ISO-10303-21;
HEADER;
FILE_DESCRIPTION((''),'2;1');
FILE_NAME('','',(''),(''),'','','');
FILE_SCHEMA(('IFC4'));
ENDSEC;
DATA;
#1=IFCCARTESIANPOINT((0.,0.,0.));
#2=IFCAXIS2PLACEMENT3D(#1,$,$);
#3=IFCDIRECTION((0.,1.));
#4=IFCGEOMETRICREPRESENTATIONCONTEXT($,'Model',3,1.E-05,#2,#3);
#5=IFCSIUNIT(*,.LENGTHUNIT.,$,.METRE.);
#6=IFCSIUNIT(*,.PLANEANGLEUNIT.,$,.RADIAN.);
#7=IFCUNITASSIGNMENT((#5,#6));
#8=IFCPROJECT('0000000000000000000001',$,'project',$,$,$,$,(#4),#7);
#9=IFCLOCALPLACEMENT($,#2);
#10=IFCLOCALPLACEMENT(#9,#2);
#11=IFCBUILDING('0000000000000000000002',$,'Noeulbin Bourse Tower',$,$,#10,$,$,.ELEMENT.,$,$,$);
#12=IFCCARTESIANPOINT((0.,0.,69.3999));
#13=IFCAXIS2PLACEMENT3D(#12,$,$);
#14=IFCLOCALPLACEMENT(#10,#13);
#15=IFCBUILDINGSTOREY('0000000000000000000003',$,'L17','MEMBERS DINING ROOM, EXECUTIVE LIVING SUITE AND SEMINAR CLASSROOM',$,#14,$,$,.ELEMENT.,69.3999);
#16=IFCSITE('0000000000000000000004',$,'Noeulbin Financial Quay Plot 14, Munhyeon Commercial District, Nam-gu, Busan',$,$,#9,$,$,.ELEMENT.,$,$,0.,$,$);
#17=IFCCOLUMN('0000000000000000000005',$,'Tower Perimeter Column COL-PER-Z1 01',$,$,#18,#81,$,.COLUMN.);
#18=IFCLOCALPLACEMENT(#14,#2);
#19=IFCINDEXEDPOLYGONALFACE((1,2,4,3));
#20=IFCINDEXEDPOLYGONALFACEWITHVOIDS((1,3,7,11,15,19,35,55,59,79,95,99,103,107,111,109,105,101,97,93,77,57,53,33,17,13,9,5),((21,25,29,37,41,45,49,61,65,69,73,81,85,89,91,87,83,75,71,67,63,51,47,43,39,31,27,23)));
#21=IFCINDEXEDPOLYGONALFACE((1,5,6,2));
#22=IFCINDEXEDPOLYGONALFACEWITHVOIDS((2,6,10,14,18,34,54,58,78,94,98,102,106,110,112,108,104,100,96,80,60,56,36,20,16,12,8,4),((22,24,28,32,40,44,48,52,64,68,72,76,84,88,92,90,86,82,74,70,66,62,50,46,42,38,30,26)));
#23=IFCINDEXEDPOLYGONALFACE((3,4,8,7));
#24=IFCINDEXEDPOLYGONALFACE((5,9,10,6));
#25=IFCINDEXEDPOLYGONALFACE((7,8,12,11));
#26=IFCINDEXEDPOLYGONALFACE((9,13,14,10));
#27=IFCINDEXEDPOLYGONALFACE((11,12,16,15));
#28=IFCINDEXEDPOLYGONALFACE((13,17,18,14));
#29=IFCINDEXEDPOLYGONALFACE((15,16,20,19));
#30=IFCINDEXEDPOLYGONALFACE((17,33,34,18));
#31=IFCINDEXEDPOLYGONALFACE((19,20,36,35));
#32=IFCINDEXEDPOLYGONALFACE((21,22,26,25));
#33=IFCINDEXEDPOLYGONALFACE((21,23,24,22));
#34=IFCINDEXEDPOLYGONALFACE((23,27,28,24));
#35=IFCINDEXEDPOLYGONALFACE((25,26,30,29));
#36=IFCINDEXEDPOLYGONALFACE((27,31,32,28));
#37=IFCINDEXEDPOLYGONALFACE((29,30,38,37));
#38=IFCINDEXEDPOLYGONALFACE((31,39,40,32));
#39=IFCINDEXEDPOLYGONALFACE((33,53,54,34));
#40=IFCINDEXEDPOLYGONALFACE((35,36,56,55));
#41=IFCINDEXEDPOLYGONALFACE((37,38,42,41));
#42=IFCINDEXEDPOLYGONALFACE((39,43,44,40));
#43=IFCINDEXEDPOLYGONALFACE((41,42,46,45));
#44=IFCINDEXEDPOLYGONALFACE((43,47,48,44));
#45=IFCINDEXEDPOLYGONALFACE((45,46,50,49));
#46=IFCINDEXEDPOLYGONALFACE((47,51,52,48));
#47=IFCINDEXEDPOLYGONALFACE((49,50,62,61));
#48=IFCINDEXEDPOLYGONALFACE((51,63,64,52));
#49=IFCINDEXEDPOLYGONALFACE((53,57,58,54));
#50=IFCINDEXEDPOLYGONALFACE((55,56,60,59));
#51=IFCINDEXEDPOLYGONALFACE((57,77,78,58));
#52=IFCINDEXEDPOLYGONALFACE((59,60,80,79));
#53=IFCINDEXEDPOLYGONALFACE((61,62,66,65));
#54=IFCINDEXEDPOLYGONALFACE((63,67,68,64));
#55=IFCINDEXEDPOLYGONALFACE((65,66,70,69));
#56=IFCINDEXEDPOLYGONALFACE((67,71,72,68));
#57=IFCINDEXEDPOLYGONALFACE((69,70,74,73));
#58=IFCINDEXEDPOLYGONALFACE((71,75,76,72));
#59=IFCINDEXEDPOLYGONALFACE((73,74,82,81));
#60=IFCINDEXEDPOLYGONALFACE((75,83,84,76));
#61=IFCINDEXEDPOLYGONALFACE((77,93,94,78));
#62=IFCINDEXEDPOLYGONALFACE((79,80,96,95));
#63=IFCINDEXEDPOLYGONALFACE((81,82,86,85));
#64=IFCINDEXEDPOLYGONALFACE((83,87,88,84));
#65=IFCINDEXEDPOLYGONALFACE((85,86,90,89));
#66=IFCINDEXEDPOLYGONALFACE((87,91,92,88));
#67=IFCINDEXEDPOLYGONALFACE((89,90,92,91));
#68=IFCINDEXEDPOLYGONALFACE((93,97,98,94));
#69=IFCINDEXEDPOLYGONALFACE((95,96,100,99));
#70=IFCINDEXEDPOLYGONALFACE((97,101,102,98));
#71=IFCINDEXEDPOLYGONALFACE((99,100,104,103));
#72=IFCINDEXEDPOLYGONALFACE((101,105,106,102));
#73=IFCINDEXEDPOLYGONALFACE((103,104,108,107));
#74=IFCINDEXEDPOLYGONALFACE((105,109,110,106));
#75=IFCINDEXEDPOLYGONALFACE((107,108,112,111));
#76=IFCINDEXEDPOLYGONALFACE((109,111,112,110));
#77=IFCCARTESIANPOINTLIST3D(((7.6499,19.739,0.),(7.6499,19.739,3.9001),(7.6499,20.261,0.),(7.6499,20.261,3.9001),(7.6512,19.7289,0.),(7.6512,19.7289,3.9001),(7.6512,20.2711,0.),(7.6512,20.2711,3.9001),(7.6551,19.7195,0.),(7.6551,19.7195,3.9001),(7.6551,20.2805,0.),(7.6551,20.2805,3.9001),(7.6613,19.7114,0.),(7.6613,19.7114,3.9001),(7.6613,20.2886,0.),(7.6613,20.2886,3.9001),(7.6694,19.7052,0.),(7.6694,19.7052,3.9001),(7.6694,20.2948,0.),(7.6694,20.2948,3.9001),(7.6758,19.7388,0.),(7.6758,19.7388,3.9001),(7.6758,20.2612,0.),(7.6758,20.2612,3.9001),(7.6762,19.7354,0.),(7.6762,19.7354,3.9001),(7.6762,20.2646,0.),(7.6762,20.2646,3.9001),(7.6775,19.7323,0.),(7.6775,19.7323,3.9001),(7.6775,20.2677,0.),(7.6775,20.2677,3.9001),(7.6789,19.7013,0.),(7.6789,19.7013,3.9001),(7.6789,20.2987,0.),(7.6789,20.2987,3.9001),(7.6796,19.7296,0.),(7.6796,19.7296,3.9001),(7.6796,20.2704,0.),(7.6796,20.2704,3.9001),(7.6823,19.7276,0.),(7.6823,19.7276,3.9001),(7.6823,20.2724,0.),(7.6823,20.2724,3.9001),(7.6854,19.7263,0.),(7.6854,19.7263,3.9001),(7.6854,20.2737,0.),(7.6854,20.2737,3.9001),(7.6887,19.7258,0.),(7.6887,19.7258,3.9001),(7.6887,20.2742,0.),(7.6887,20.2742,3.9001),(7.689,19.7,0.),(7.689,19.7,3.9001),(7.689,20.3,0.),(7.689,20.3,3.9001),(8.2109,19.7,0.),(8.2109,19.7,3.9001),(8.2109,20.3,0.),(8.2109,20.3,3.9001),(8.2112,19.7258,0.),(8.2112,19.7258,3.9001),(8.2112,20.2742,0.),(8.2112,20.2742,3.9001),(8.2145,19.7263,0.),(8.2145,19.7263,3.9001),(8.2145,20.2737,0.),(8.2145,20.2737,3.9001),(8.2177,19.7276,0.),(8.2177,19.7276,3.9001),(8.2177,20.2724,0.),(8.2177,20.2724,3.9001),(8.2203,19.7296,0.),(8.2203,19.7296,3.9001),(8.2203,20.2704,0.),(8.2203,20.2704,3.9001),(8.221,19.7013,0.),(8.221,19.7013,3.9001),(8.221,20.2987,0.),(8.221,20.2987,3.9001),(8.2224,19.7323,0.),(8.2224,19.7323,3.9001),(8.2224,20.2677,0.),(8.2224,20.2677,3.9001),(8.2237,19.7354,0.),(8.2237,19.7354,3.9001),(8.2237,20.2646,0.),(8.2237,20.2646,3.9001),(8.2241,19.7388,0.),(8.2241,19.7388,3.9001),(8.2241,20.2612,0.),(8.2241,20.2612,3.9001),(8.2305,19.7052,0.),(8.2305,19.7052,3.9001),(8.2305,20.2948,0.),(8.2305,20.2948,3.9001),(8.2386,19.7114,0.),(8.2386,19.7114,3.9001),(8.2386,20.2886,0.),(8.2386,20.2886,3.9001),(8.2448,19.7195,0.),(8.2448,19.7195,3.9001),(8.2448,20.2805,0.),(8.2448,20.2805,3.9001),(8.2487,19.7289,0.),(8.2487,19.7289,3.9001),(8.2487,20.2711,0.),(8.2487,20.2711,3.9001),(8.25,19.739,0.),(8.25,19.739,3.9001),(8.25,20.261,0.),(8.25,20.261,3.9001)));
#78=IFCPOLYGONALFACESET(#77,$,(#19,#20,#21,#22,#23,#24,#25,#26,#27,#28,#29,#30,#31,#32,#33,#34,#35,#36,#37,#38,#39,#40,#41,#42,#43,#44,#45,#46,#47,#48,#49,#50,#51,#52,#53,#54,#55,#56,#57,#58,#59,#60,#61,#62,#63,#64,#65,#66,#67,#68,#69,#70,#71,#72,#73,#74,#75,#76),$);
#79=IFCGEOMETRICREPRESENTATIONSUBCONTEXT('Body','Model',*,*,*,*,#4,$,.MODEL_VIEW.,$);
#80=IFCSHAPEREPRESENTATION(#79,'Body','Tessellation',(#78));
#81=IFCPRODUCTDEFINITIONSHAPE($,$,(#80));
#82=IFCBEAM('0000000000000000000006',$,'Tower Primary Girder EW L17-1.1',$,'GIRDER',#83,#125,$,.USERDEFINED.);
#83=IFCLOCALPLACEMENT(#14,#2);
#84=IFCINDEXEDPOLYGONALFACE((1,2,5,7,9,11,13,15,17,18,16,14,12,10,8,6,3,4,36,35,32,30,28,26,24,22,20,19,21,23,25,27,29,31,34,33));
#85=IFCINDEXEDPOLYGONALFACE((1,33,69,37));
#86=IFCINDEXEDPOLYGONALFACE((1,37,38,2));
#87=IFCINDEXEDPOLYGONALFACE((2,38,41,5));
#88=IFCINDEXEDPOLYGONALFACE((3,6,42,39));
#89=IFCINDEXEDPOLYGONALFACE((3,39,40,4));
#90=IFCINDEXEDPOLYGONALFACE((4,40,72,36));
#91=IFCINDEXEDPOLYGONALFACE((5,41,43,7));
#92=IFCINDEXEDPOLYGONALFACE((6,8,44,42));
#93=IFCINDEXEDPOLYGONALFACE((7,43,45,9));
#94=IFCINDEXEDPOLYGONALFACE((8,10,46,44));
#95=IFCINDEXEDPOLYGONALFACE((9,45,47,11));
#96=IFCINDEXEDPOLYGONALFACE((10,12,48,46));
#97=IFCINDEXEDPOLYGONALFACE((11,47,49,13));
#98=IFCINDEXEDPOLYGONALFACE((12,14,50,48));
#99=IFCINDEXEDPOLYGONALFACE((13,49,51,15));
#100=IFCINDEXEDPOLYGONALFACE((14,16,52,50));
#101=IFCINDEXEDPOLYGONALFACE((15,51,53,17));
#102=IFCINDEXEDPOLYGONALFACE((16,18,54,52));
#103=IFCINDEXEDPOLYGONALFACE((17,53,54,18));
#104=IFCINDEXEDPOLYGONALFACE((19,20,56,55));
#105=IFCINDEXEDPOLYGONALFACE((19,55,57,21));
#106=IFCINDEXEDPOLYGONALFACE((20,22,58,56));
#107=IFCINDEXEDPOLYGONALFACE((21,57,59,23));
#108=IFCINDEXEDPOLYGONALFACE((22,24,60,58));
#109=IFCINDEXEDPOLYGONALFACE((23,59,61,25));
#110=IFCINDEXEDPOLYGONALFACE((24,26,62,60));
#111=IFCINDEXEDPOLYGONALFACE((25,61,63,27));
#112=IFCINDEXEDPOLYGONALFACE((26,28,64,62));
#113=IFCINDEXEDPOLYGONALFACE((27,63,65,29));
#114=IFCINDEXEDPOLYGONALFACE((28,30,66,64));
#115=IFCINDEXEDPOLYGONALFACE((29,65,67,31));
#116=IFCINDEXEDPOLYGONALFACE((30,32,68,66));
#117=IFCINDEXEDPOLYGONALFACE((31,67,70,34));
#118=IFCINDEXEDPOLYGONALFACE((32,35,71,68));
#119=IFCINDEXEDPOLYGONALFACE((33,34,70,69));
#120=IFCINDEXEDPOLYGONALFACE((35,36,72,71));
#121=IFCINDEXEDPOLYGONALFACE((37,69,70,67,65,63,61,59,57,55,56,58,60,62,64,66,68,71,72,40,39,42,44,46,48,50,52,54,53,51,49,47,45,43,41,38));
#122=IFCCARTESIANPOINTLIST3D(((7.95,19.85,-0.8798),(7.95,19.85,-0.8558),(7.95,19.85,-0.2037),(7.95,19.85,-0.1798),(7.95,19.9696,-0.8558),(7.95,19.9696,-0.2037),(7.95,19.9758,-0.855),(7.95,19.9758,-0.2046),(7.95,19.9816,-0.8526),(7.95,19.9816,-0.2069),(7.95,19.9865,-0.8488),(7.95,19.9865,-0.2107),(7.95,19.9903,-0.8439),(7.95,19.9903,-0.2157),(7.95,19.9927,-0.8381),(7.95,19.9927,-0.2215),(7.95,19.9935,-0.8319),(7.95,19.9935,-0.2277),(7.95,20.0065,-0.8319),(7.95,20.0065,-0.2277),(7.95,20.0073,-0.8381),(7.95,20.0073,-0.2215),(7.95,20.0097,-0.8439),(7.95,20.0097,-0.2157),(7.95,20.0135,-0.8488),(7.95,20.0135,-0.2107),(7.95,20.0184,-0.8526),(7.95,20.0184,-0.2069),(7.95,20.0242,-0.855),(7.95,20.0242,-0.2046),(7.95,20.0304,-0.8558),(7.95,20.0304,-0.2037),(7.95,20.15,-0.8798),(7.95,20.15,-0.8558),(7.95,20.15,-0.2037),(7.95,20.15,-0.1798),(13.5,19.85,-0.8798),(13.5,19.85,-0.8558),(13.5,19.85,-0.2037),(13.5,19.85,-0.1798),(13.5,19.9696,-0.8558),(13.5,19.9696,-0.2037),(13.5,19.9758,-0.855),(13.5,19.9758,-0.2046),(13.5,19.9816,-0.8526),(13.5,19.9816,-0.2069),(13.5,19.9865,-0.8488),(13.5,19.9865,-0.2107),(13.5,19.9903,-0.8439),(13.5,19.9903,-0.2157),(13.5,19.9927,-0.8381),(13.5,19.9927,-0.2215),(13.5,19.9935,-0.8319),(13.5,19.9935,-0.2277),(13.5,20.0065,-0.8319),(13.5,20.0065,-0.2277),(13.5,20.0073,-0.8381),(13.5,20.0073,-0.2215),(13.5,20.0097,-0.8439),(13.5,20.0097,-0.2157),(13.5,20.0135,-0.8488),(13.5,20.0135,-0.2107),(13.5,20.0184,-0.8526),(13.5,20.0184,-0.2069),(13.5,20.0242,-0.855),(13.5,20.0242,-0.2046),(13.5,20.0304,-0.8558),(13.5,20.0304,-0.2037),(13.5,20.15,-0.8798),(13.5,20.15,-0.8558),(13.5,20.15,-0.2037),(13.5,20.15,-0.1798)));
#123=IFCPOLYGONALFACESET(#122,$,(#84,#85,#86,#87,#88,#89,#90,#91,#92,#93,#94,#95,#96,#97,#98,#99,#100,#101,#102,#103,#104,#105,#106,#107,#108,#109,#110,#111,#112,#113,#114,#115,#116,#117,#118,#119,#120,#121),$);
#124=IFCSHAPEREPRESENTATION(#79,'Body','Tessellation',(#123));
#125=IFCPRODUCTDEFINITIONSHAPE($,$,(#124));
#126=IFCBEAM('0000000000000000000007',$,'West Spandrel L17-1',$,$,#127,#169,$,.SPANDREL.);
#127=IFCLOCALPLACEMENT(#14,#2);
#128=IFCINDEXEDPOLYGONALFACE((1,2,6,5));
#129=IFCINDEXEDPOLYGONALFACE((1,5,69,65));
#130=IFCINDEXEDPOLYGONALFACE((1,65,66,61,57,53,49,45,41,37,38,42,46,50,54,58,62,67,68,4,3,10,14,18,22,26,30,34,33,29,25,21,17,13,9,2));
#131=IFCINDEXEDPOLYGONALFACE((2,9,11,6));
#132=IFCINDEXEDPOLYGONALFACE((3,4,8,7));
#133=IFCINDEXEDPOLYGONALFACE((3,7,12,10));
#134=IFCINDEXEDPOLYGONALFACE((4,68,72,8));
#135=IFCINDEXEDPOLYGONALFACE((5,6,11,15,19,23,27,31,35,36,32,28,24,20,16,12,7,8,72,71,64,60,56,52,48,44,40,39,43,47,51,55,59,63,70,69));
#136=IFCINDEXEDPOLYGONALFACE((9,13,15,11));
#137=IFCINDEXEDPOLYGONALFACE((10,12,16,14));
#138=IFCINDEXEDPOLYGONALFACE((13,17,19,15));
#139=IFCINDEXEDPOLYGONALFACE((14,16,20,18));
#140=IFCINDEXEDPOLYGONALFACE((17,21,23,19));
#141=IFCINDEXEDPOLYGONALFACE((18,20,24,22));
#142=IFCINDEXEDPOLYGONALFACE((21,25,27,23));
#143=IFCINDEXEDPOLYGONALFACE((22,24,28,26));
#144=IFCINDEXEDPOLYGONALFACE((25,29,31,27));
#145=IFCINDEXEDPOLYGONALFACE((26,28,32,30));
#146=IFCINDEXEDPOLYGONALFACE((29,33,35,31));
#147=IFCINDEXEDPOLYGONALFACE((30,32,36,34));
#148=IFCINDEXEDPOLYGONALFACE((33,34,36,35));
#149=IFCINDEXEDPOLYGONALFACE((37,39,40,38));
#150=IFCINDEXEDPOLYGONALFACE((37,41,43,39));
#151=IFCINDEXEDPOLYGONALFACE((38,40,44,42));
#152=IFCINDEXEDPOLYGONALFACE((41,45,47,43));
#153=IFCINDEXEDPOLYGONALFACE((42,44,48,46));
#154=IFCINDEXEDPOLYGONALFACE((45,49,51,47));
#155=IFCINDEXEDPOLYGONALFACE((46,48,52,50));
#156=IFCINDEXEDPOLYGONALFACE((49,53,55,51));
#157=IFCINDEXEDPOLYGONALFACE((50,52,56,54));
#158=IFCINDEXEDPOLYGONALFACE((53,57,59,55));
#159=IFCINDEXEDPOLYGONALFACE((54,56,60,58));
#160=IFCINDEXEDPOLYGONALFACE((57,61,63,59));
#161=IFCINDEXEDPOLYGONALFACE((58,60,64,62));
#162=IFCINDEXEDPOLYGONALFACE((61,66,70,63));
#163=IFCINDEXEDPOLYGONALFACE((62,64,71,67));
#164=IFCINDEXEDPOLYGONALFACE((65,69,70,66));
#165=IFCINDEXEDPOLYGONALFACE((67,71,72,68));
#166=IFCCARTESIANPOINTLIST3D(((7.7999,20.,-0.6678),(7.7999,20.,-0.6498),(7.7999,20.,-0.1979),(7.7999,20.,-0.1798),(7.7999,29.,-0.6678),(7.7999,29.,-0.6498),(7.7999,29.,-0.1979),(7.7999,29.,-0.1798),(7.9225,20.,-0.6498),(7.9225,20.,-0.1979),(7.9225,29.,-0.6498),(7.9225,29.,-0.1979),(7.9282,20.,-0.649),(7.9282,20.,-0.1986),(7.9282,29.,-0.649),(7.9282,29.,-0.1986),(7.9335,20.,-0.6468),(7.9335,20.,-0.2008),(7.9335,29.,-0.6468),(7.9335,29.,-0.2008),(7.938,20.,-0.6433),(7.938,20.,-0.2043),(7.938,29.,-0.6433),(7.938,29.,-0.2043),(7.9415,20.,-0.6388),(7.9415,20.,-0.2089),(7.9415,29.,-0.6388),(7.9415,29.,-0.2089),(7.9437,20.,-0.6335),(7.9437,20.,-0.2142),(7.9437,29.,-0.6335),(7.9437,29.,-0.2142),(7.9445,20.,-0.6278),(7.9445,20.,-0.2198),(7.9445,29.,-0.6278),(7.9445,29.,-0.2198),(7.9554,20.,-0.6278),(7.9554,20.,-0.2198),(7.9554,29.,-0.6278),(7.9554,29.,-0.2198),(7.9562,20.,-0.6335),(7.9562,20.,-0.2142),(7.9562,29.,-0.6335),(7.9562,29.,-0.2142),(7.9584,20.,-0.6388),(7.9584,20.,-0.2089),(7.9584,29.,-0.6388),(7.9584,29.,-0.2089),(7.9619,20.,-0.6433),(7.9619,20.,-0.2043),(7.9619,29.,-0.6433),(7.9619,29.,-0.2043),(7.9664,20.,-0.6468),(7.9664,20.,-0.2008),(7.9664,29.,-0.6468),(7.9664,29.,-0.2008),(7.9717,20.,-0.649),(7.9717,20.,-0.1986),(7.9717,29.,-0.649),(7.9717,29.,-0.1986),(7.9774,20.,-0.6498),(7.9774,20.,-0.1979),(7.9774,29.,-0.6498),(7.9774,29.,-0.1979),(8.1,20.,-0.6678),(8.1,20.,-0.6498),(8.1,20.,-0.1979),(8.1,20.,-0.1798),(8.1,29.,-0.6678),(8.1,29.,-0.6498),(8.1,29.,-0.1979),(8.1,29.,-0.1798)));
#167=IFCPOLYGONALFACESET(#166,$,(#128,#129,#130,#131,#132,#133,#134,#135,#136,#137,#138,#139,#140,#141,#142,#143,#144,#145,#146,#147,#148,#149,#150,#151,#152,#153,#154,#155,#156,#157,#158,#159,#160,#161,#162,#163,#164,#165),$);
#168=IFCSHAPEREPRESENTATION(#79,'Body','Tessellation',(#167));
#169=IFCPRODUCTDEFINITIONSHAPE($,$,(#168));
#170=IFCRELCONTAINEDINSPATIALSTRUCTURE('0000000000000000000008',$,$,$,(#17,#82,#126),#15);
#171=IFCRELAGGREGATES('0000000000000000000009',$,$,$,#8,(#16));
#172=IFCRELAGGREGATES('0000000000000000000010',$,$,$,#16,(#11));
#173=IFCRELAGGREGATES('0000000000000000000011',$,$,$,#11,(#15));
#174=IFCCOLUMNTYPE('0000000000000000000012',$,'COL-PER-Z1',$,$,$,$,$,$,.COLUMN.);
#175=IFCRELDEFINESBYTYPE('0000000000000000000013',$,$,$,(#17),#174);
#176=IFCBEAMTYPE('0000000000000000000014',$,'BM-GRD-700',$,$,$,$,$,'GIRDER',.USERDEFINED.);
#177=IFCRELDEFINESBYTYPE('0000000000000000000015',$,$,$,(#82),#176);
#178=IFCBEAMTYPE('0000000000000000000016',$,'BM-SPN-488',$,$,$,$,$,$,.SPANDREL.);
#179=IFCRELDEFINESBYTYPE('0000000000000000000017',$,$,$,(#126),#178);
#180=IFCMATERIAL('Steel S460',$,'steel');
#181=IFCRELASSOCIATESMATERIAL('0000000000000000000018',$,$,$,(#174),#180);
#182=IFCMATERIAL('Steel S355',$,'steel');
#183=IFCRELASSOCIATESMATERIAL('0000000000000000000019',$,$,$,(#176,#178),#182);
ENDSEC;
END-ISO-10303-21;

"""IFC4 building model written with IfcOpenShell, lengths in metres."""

from ifc_helpers import new_model, si_unit, direction, frame, origin, origin_2d, place, context, subcontext, project, spatial, hollow_rectangle, i_section, extrude, material, material_profile, profile_set, type_object, element, save


model = new_model("IFC4")

# Units and contexts
model_context = context("Model", 3, precision=1e-05, world=origin(), true_north=direction((0.0, 1.0)))
body_context = subcontext(model_context, "Body", "Model", "MODEL_VIEW")
ifc_project = project(units=[si_unit("LENGTHUNIT", "METRE"), si_unit("PLANEANGLEUNIT", "RADIAN")], contexts=[model_context])

# Site, building, storey
site_placement = place(None, origin())
site = spatial("IfcSite", under=ifc_project, at=site_placement, Name="Noeulbin Financial Quay Plot 14, Munhyeon Commercial District, Nam-gu, Busan", CompositionType="ELEMENT", RefElevation=0.0)
building_placement = place(site_placement, origin())
building = spatial("IfcBuilding", under=site, at=building_placement, Name="Noeulbin Bourse Tower", CompositionType="ELEMENT")
storey_placement = place(building_placement, frame((0.0, 0.0, 69.3999)))
storey = spatial("IfcBuildingStorey", under=building, at=storey_placement, Name="L17", Description="MEMBERS DINING ROOM, EXECUTIVE LIVING SUITE AND SEMINAR CLASSROOM", CompositionType="ELEMENT", Elevation=69.3999)

# Column
ifc_material_1 = material(Name="Steel S460", Category="steel")
ifc_material_profile_1 = material_profile(ifc_material_1, hollow_rectangle(XDim=0.6001, YDim=0.6001, WallThickness=0.0259, InnerFilletRadius=0.0129, OuterFilletRadius=0.0391, at=origin_2d()), Name="BOX-600x600x26", Category="LoadBearing")
ifc_profile_set_1 = profile_set([ifc_material_profile_1], Name="Steel S460")
column_type = type_object("IfcColumnType", Name="COL-PER-Z1", PredefinedType="COLUMN", material=ifc_profile_set_1)
column_placement = place(storey_placement, frame((7.95, 20.0, 0.0), z_axis=(0.0, 0.0, 1.0), x_axis=(1.0, 0.0, 0.0)))
element("IfcColumn", 1, at=column_placement, inside=storey, type_object=column_type, Name="Tower Perimeter Column COL-PER-Z1 01", PredefinedType="COLUMN", context=body_context, shape_type="SweptSolid", body=[
    extrude(hollow_rectangle(XDim=0.6001, YDim=0.6001, WallThickness=0.0259, InnerFilletRadius=0.0129, OuterFilletRadius=0.0391, at=origin_2d()), origin(), (0.0, 0.0, 1.0), 3.9001),
])

# Beams
ifc_material_2 = material(Name="Steel S355", Category="steel")
ifc_material_profile_2 = material_profile(ifc_material_2, i_section(OverallWidth=0.3, OverallDepth=0.7, WebThickness=0.0129, FlangeThickness=0.0239, FilletRadius=0.0239, at=origin_2d()), Name="H-700x300x13x24", Category="LoadBearing")
ifc_profile_set_2 = profile_set([ifc_material_profile_2], Name="Steel S355")
beam_type_1 = type_object("IfcBeamType", Name="BM-GRD-700", ElementType="GIRDER", PredefinedType="USERDEFINED", material=ifc_profile_set_2)
beam_1_placement = place(storey_placement, frame((7.95, 20.0, -0.5298), z_axis=(1.0, 0.0, 0.0), x_axis=(0.0, 1.0, 0.0)))
element("IfcBeam", 2, at=beam_1_placement, inside=storey, type_object=beam_type_1, Name="Tower Primary Girder EW L17-1.1", ObjectType="GIRDER", PredefinedType="USERDEFINED", context=body_context, shape_type="SweptSolid", body=[
    extrude(i_section(OverallWidth=0.3, OverallDepth=0.7, WebThickness=0.0129, FlangeThickness=0.0239, FilletRadius=0.0239, at=origin_2d()), origin(), (0.0, 0.0, 1.0), 5.55),
])
ifc_material_profile_3 = material_profile(ifc_material_2, i_section(OverallWidth=0.3, OverallDepth=0.488, WebThickness=0.011, FlangeThickness=0.0181, FilletRadius=0.022, at=origin_2d()), Name="H-488x300x11x18", Category="LoadBearing")
ifc_profile_set_3 = profile_set([ifc_material_profile_3], Name="Steel S355")
beam_type_2 = type_object("IfcBeamType", Name="BM-SPN-488", PredefinedType="SPANDREL", material=ifc_profile_set_3)
beam_2_placement = place(storey_placement, frame((7.95, 20.0, -0.4238), z_axis=(0.0, 1.0, 0.0), x_axis=(-1.0, 0.0, 0.0)))
element("IfcBeam", 3, at=beam_2_placement, inside=storey, type_object=beam_type_2, Name="West Spandrel L17-1", PredefinedType="SPANDREL", context=body_context, shape_type="SweptSolid", body=[
    extrude(i_section(OverallWidth=0.3, OverallDepth=0.488, WebThickness=0.011, FlangeThickness=0.0181, FilletRadius=0.022, at=origin_2d()), origin(), (0.0, 0.0, 1.0), 9.0),
])

save(model, "model.ifc")
